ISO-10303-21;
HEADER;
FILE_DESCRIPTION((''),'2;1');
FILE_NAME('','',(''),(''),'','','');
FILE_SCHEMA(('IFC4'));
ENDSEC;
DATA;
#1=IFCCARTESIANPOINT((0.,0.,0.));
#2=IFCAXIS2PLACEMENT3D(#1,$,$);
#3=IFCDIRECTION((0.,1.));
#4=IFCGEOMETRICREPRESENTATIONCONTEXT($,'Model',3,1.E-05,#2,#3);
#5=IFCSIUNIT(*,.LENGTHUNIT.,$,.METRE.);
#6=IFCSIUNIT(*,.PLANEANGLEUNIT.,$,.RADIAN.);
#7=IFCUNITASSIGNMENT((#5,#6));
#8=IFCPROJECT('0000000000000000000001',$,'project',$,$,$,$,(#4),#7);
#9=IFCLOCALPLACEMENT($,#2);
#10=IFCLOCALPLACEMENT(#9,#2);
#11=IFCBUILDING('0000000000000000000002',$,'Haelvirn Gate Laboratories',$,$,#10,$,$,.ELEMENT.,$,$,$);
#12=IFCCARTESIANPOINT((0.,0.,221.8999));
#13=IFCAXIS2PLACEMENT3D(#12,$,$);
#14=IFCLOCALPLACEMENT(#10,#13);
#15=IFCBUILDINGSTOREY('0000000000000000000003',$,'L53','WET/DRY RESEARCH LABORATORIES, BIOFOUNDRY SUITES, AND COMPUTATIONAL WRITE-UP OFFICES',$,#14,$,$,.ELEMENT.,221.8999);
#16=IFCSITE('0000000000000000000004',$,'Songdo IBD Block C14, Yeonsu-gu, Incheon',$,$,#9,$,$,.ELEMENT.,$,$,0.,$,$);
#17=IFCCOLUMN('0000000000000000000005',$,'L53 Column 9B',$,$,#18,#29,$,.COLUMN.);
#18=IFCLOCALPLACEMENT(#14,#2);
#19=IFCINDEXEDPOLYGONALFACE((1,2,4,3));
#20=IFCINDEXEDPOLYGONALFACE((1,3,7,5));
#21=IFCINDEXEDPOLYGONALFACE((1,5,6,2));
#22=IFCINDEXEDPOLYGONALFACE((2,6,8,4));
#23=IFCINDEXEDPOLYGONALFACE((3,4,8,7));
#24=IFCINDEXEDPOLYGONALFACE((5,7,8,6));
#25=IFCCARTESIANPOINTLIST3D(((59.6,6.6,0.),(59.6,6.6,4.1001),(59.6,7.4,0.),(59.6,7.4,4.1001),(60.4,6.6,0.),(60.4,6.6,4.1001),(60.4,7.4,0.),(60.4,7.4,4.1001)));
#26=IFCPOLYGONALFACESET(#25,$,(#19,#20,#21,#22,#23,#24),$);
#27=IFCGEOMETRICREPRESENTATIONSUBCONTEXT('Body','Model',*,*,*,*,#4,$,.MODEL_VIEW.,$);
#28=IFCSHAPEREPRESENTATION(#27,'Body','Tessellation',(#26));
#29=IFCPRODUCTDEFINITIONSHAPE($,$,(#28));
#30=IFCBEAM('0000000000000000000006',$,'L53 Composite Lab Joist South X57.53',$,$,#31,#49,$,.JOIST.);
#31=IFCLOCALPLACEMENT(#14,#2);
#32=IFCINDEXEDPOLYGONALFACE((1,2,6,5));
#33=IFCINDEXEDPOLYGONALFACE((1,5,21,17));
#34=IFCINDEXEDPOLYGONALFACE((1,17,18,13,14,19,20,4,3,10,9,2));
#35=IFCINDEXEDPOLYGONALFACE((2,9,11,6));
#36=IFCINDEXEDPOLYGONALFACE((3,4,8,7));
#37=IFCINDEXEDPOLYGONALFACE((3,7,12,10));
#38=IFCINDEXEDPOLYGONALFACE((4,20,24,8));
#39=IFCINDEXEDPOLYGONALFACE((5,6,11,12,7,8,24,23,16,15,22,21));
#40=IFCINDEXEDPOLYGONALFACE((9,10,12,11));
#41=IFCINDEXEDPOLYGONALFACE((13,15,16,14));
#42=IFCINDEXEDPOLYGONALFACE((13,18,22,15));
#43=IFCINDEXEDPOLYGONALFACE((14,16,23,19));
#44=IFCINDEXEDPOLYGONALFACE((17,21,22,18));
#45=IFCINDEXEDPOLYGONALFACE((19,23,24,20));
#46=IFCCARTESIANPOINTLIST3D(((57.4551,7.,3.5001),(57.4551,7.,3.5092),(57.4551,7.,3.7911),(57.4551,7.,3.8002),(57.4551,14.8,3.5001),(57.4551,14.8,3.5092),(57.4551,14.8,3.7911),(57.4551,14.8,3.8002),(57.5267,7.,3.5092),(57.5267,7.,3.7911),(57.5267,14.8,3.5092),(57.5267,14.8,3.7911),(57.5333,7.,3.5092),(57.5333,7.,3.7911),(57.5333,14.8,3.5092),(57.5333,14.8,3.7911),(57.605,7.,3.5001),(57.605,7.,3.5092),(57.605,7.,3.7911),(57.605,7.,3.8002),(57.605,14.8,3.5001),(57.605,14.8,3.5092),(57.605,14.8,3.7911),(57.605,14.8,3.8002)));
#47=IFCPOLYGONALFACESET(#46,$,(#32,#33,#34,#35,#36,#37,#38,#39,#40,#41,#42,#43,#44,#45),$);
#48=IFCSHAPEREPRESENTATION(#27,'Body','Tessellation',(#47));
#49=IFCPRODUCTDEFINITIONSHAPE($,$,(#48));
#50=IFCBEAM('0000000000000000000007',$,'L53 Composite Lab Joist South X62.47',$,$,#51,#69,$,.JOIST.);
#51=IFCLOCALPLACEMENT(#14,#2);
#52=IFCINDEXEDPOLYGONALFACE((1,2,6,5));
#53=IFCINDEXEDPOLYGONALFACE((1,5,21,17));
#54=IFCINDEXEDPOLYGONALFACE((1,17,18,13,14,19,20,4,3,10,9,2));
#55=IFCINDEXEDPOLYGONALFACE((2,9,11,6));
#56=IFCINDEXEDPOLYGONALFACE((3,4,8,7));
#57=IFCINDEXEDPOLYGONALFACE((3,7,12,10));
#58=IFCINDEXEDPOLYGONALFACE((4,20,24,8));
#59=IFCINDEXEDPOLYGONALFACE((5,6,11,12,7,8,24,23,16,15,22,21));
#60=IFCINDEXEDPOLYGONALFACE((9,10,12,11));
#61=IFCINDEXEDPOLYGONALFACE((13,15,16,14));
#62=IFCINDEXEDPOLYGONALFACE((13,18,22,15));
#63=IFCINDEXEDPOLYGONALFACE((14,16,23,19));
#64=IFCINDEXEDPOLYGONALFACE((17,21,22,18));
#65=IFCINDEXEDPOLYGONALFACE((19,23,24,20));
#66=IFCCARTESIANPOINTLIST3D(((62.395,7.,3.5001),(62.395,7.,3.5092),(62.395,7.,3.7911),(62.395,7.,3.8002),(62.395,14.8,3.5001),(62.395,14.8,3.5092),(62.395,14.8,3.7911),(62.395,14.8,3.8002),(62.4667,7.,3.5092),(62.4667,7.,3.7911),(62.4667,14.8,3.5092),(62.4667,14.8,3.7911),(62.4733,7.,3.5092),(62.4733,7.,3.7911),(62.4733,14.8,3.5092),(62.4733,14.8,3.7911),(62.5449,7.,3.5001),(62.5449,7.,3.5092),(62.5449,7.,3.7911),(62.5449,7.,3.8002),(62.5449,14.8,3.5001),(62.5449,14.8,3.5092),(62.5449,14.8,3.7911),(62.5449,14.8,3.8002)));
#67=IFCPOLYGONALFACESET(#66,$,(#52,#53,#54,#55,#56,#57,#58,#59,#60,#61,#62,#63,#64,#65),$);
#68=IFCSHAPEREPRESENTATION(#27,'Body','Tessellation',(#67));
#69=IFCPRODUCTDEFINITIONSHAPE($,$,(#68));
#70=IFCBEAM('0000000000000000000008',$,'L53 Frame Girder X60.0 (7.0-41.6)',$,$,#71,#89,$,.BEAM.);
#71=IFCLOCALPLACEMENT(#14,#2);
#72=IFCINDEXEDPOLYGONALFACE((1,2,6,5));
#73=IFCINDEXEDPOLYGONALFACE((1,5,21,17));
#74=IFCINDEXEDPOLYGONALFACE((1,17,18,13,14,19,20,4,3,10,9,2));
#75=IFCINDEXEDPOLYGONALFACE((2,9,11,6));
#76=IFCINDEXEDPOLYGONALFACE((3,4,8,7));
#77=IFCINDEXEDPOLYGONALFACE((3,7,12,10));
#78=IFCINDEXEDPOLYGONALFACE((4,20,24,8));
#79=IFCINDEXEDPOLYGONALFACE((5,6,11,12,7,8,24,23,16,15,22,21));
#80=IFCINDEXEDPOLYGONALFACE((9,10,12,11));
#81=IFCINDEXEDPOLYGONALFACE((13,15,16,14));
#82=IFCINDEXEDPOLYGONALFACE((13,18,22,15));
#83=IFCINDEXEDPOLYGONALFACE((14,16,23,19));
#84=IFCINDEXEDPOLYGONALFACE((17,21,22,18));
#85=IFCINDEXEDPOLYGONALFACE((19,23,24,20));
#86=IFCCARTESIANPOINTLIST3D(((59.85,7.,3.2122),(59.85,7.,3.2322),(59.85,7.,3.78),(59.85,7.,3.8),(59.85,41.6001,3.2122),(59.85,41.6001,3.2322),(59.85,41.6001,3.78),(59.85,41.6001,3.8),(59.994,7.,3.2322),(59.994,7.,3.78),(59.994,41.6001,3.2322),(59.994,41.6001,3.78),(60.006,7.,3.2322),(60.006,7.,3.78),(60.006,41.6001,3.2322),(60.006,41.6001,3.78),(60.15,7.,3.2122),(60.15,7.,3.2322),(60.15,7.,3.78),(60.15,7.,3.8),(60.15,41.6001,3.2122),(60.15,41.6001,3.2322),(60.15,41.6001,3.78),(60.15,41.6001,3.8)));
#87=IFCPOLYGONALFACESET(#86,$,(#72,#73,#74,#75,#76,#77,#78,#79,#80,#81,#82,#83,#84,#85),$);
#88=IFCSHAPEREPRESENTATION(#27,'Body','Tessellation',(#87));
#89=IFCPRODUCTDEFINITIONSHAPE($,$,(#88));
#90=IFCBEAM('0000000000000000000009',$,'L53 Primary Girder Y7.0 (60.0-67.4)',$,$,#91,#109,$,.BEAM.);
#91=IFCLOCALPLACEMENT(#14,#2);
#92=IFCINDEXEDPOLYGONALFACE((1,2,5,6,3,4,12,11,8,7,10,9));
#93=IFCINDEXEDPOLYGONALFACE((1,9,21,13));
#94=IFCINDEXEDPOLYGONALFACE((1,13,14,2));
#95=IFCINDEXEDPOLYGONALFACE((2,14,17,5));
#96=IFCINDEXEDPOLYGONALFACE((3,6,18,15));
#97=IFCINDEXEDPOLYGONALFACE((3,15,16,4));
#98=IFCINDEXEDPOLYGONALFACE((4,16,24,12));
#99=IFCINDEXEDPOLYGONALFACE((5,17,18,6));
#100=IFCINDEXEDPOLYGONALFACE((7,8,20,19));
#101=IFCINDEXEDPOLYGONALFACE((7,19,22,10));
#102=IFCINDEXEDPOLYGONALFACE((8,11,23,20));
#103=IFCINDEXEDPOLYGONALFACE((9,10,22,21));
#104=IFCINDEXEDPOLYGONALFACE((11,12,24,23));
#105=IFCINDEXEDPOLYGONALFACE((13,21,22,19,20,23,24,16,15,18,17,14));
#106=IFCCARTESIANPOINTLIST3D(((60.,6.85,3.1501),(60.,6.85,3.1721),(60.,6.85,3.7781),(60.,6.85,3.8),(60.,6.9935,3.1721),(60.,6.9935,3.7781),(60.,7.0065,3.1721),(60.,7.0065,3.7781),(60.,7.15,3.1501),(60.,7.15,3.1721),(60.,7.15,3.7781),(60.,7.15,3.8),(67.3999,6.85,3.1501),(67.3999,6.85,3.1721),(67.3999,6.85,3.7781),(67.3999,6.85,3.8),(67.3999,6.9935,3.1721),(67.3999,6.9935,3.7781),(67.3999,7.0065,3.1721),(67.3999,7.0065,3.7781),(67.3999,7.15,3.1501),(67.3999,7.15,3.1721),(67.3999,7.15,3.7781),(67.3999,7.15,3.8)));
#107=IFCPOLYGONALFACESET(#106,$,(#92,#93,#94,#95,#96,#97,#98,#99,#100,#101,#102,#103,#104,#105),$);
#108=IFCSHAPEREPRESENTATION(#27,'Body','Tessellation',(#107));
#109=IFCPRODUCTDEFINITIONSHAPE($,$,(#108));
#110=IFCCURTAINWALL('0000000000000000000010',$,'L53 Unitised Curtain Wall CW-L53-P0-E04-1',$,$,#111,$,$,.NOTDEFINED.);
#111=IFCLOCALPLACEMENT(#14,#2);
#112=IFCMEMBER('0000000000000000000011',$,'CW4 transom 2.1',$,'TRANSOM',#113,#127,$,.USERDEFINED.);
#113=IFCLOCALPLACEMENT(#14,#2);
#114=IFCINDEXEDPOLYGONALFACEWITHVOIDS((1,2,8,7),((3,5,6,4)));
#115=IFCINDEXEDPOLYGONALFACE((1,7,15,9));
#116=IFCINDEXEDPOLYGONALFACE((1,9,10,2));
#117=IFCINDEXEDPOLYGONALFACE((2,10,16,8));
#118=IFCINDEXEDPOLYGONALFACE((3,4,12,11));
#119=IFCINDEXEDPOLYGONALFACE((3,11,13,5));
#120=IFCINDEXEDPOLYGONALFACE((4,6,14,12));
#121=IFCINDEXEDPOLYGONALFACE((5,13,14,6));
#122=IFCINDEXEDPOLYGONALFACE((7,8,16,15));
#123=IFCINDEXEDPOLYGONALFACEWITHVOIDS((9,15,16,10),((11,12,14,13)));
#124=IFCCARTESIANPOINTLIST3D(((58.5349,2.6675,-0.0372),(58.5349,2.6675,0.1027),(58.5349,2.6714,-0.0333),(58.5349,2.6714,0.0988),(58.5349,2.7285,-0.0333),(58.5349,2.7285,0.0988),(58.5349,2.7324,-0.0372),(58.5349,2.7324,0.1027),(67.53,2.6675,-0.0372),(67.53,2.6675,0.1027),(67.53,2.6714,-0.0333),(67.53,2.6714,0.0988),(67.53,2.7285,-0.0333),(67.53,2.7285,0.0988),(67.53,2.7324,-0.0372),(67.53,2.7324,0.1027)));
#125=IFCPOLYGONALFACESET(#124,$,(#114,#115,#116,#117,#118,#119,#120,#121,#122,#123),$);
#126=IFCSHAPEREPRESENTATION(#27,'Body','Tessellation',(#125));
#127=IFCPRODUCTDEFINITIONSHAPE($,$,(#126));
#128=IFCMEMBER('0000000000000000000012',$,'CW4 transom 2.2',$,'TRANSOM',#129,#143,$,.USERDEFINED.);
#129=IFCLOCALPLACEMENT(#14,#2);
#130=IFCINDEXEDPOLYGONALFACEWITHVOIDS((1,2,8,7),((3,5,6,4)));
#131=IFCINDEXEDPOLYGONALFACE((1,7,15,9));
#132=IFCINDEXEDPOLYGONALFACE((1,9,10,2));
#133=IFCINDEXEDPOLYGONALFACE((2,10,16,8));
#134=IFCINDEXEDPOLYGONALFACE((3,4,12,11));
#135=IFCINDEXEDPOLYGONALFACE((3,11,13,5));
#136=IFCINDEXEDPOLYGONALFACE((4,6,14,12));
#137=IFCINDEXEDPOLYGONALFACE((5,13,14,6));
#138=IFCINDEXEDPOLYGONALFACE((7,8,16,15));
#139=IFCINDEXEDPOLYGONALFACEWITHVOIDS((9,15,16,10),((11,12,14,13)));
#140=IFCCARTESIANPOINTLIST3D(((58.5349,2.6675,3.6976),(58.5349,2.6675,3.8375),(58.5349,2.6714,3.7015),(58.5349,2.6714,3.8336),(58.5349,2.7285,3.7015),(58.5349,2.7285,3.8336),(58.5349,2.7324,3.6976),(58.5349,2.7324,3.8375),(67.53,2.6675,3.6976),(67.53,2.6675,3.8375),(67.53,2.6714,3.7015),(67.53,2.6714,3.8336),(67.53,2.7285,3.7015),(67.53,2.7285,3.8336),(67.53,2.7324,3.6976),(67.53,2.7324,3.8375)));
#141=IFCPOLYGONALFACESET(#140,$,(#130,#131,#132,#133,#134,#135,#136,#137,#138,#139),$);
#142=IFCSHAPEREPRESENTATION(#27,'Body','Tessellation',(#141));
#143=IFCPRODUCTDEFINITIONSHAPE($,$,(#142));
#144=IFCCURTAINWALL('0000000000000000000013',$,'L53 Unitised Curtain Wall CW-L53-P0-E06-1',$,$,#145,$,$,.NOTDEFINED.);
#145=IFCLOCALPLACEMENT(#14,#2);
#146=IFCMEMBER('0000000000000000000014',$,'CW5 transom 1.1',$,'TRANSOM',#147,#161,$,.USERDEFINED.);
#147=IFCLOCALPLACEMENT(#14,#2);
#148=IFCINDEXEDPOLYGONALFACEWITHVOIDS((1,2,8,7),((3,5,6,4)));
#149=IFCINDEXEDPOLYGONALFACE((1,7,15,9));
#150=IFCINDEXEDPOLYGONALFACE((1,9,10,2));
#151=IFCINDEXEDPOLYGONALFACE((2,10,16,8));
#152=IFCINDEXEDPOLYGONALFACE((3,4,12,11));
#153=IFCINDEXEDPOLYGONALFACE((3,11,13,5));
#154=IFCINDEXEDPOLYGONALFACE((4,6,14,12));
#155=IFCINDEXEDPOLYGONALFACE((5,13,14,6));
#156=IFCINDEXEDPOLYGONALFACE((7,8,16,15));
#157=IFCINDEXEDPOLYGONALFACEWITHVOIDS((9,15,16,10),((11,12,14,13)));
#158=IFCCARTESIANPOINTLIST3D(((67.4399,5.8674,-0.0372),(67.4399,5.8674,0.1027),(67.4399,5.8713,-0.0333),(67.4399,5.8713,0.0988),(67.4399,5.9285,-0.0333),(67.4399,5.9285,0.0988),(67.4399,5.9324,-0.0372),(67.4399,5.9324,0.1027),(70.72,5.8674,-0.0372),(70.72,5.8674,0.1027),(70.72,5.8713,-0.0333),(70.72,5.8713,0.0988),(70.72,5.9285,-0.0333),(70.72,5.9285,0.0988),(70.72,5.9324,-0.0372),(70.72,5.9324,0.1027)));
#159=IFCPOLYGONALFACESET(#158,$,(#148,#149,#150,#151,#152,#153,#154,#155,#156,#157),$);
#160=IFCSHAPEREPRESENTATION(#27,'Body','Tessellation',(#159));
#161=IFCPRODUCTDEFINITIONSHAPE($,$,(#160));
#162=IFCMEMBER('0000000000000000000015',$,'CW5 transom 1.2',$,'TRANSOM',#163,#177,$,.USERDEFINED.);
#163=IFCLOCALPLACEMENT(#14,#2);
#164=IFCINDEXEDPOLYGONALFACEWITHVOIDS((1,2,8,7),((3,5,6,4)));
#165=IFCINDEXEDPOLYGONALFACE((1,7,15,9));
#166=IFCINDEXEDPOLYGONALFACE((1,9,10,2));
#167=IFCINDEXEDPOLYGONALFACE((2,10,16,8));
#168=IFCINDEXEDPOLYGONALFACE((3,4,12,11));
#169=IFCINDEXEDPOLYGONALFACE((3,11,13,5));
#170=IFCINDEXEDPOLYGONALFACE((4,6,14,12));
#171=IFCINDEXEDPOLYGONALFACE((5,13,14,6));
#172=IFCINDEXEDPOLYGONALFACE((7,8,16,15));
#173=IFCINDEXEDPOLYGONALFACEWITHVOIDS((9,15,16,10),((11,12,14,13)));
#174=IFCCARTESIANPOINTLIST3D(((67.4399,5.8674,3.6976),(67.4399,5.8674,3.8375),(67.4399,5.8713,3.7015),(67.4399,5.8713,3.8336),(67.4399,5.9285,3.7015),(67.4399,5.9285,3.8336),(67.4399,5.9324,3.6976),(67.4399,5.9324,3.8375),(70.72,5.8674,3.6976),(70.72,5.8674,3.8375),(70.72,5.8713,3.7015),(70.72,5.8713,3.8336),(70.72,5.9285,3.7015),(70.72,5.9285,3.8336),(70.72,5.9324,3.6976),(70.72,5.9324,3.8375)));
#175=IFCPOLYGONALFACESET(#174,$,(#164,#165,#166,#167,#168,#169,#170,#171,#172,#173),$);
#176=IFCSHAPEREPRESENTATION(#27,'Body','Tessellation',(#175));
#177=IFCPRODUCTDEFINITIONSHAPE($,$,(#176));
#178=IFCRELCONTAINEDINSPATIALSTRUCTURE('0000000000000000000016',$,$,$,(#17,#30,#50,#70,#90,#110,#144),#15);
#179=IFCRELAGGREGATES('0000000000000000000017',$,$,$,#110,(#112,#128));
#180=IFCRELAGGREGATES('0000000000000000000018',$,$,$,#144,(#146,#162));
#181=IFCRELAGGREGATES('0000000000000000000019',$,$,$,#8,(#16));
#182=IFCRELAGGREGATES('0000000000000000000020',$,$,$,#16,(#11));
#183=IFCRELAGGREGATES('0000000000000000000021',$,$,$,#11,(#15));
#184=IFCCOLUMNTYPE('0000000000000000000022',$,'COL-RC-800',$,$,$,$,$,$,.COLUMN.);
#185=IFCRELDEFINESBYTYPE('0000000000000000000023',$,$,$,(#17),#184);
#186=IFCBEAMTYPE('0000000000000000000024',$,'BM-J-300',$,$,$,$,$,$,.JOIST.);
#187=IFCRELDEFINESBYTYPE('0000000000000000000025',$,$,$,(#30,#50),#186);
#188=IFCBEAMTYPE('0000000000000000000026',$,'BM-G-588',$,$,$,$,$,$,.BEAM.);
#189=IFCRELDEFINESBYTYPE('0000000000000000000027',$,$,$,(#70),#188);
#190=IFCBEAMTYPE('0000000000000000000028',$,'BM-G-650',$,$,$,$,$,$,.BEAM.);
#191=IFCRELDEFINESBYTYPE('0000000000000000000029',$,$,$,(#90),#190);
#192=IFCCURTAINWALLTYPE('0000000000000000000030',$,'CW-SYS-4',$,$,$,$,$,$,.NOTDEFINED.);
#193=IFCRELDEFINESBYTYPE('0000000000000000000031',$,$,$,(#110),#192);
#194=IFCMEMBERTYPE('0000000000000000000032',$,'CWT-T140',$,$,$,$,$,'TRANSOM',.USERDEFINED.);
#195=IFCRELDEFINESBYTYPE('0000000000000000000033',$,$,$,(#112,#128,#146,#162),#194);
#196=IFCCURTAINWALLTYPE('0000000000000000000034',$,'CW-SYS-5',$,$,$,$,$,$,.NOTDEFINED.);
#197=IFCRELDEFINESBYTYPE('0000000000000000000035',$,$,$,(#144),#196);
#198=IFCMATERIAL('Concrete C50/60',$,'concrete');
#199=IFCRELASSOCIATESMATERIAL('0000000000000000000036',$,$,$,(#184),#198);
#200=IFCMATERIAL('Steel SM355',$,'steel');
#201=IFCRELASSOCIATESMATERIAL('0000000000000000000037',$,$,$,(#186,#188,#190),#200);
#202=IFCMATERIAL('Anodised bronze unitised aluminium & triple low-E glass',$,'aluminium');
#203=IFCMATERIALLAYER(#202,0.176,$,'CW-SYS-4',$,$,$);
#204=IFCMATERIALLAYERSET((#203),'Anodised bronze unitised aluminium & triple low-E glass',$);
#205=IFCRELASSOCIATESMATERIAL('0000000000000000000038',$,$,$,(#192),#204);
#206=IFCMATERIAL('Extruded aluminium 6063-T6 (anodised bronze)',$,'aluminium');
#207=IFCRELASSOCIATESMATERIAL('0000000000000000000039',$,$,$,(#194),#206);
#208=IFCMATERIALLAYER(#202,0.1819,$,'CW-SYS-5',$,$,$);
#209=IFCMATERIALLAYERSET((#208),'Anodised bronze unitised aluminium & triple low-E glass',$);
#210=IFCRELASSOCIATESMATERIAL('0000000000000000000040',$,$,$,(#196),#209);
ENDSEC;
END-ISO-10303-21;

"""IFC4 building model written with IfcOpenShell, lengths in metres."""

from ifc_helpers import new_model, si_unit, direction, frame, origin, origin_2d, place, context, subcontext, project, spatial, rectangle, hollow_rectangle, i_section, extrude, source, transform, mapped, material, layer, layer_set, material_profile, profile_set, type_object, type_shapes, element, aggregate, save


model = new_model("IFC4")

# Units and contexts
model_context = context("Model", 3, precision=1e-05, world=origin(), true_north=direction((0.0, 1.0)))
body_context = subcontext(model_context, "Body", "Model", "MODEL_VIEW")
ifc_project = project(units=[si_unit("LENGTHUNIT", "METRE"), si_unit("PLANEANGLEUNIT", "RADIAN")], contexts=[model_context])

# Site, building, storey
site_placement = place(None, origin())
site = spatial("IfcSite", under=ifc_project, at=site_placement, Name="Songdo IBD Block C14, Yeonsu-gu, Incheon", CompositionType="ELEMENT", RefElevation=0.0)
building_placement = place(site_placement, origin())
building = spatial("IfcBuilding", under=site, at=building_placement, Name="Haelvirn Gate Laboratories", CompositionType="ELEMENT")
storey_placement = place(building_placement, frame((0.0, 0.0, 221.8999)))
storey = spatial("IfcBuildingStorey", under=building, at=storey_placement, Name="L53", Description="WET/DRY RESEARCH LABORATORIES, BIOFOUNDRY SUITES, AND COMPUTATIONAL WRITE-UP OFFICES", CompositionType="ELEMENT", Elevation=221.8999)

# Column
ifc_material_1 = material(Name="Concrete C50/60", Category="concrete")
ifc_material_profile_1 = material_profile(ifc_material_1, rectangle(XDim=0.8, YDim=0.8, at=origin_2d()), Name="RC-800x800")
ifc_profile_set_1 = profile_set([ifc_material_profile_1], Name="Concrete C50/60")
column_type = type_object("IfcColumnType", Name="COL-RC-800", PredefinedType="COLUMN", material=ifc_profile_set_1)
shared_shape_1 = source(origin(), body_context, "Body", "SweptSolid", [
    extrude(rectangle(XDim=0.8, YDim=0.8, at=origin_2d()), origin(), (0.0, 0.0, 1.0), 4.1001),
])
type_shapes(column_type, [shared_shape_1])
column_placement = place(storey_placement, frame((60.0, 7.0, 0.0), z_axis=(0.0, 0.0, 1.0), x_axis=(1.0, 0.0, 0.0)))
element("IfcColumn", 1, at=column_placement, inside=storey, type_object=column_type, Name="L53 Column 9B", PredefinedType="COLUMN", context=body_context, shape_type="MappedRepresentation", body=[
    mapped(shared_shape_1, transform((0.0, 0.0, 0.0), scale=1.0)),
])

# Beams
ifc_material_2 = material(Name="Steel SM355", Category="steel")
ifc_material_profile_2 = material_profile(ifc_material_2, i_section(OverallWidth=0.1499, OverallDepth=0.3, WebThickness=0.0066, FlangeThickness=0.009, at=origin_2d()), Name="H-300x150x6.5x9")
ifc_profile_set_2 = profile_set([ifc_material_profile_2], Name="Steel SM355")
beam_type_1 = type_object("IfcBeamType", Name="BM-J-300", PredefinedType="JOIST", material=ifc_profile_set_2)
shared_shape_2 = source(origin(), body_context, "Body", "SweptSolid", [
    extrude(i_section(OverallWidth=0.1499, OverallDepth=0.3, WebThickness=0.0066, FlangeThickness=0.009, at=origin_2d()), origin(), (0.0, 0.0, 1.0), 7.8),
])
type_shapes(beam_type_1, [shared_shape_2])
for number, where, z_axis, x_axis, name in (
    (2, (57.53, 7.0, 3.6501), (0.0, 1.0, 0.0), (-1.0, 0.0, 0.0), "L53 Composite Lab Joist South X57.53"),
    (3, (62.47, 7.0, 3.6501), (0.0, 1.0, 0.0), (-1.0, 0.0, 0.0), "L53 Composite Lab Joist South X62.47"),
):
    element("IfcBeam", number, at=place(storey_placement, frame(where, z_axis=z_axis, x_axis=x_axis)), inside=storey, type_object=beam_type_1, Name=name, PredefinedType="JOIST", context=body_context, shape_type="MappedRepresentation", body=[
        mapped(shared_shape_2, transform((0.0, 0.0, 0.0), scale=1.0)),
    ])
ifc_material_profile_3 = material_profile(ifc_material_2, i_section(OverallWidth=0.3, OverallDepth=0.5879, WebThickness=0.012, FlangeThickness=0.02, at=origin_2d()), Name="H-588x300x12x20")
ifc_profile_set_3 = profile_set([ifc_material_profile_3], Name="Steel SM355")
beam_type_2 = type_object("IfcBeamType", Name="BM-G-588", PredefinedType="BEAM", material=ifc_profile_set_3)
shared_shape_3 = source(origin(), body_context, "Body", "SweptSolid", [
    extrude(i_section(OverallWidth=0.3, OverallDepth=0.5879, WebThickness=0.012, FlangeThickness=0.02, at=origin_2d()), origin(), (0.0, 0.0, 1.0), 34.6001),
])
type_shapes(beam_type_2, [shared_shape_3])
beam_1_placement = place(storey_placement, frame((60.0, 7.0, 3.5061), z_axis=(0.0, 1.0, 0.0), x_axis=(-1.0, 0.0, 0.0)))
element("IfcBeam", 4, at=beam_1_placement, inside=storey, type_object=beam_type_2, Name="L53 Frame Girder X60.0 (7.0-41.6)", PredefinedType="BEAM", context=body_context, shape_type="MappedRepresentation", body=[
    mapped(shared_shape_3, transform((0.0, 0.0, 0.0), scale=1.0)),
])
ifc_material_profile_4 = material_profile(ifc_material_2, i_section(OverallWidth=0.3, OverallDepth=0.6499, WebThickness=0.0129, FlangeThickness=0.022, at=origin_2d()), Name="H-650x300x13x22")
ifc_profile_set_4 = profile_set([ifc_material_profile_4], Name="Steel SM355")
beam_type_3 = type_object("IfcBeamType", Name="BM-G-650", PredefinedType="BEAM", material=ifc_profile_set_4)
shared_shape_4 = source(origin(), body_context, "Body", "SweptSolid", [
    extrude(i_section(OverallWidth=0.3, OverallDepth=0.6499, WebThickness=0.0129, FlangeThickness=0.022, at=origin_2d()), origin(), (0.0, 0.0, 1.0), 7.3999),
])
type_shapes(beam_type_3, [shared_shape_4])
beam_2_placement = place(storey_placement, frame((60.0, 7.0, 3.4751), z_axis=(1.0, 0.0, 0.0), x_axis=(0.0, 1.0, 0.0)))
element("IfcBeam", 5, at=beam_2_placement, inside=storey, type_object=beam_type_3, Name="L53 Primary Girder Y7.0 (60.0-67.4)", PredefinedType="BEAM", context=body_context, shape_type="MappedRepresentation", body=[
    mapped(shared_shape_4, transform((0.0, 0.0, 0.0), scale=1.0)),
])

# Curtain walls, members
ifc_material_3 = material(Name="Anodised bronze unitised aluminium & triple low-E glass", Category="aluminium")
ifc_layer_1 = layer(ifc_material_3, 0.176, Name="CW-SYS-4")
ifc_layer_set_1 = layer_set([ifc_layer_1], Name="Anodised bronze unitised aluminium & triple low-E glass")
curtain_wall_type_1 = type_object("IfcCurtainWallType", Name="CW-SYS-4", PredefinedType="NOTDEFINED", material=ifc_layer_set_1)
curtain_wall_1_placement = place(storey_placement, origin())
curtain_wall_1 = element("IfcCurtainWall", 6, at=curtain_wall_1_placement, inside=storey, type_object=curtain_wall_type_1, Name="L53 Unitised Curtain Wall CW-L53-P0-E04-1", PredefinedType="NOTDEFINED")
ifc_material_4 = material(Name="Extruded aluminium 6063-T6 (anodised bronze)", Category="aluminium")
ifc_material_profile_5 = material_profile(ifc_material_4, hollow_rectangle(XDim=0.0649, YDim=0.1399, WallThickness=0.0039, at=origin_2d()), Name="CWT-140x65x4")
ifc_profile_set_5 = profile_set([ifc_material_profile_5], Name="Extruded aluminium 6063-T6 (anodised bronze)")
member_type_1 = type_object("IfcMemberType", Name="CWT-T140", ElementType="TRANSOM", PredefinedType="USERDEFINED", material=ifc_profile_set_5)
shared_shape_5 = source(origin(), body_context, "Body", "SweptSolid", [
    extrude(hollow_rectangle(XDim=0.0649, YDim=0.1399, WallThickness=0.0039, at=origin_2d()), origin(), (0.0, 0.0, 1.0), 8.9951),
])
member_1_placement = place(storey_placement, frame((58.5349, 2.7, 0.0327), z_axis=(1.0, 0.0, 0.0), x_axis=(0.0, 1.0, 0.0)))
member_1 = element("IfcMember", 7, at=member_1_placement, type_object=member_type_1, Name="CW4 transom 2.1", ObjectType="TRANSOM", PredefinedType="USERDEFINED", context=body_context, shape_type="MappedRepresentation", body=[
    mapped(shared_shape_5, transform((0.0, 0.0, 0.0), scale=1.0)),
])
member_2_placement = place(storey_placement, frame((58.5349, 2.7, 3.7676), z_axis=(1.0, 0.0, 0.0), x_axis=(0.0, 1.0, 0.0)))
member_2 = element("IfcMember", 8, at=member_2_placement, type_object=member_type_1, Name="CW4 transom 2.2", ObjectType="TRANSOM", PredefinedType="USERDEFINED", context=body_context, shape_type="MappedRepresentation", body=[
    mapped(shared_shape_5, transform((0.0, 0.0, 0.0), scale=1.0)),
])
ifc_layer_2 = layer(ifc_material_3, 0.1819, Name="CW-SYS-5")
ifc_layer_set_2 = layer_set([ifc_layer_2], Name="Anodised bronze unitised aluminium & triple low-E glass")
curtain_wall_type_2 = type_object("IfcCurtainWallType", Name="CW-SYS-5", PredefinedType="NOTDEFINED", material=ifc_layer_set_2)
curtain_wall_2_placement = place(storey_placement, origin())
curtain_wall_2 = element("IfcCurtainWall", 9, at=curtain_wall_2_placement, inside=storey, type_object=curtain_wall_type_2, Name="L53 Unitised Curtain Wall CW-L53-P0-E06-1", PredefinedType="NOTDEFINED")
shared_shape_6 = source(origin(), body_context, "Body", "SweptSolid", [
    extrude(hollow_rectangle(XDim=0.0649, YDim=0.1399, WallThickness=0.0039, at=origin_2d()), origin(), (0.0, 0.0, 1.0), 3.28),
])
member_3_placement = place(storey_placement, frame((67.4399, 5.8999, 0.0327), z_axis=(1.0, 0.0, 0.0), x_axis=(0.0, 1.0, 0.0)))
member_3 = element("IfcMember", 10, at=member_3_placement, type_object=member_type_1, Name="CW5 transom 1.1", ObjectType="TRANSOM", PredefinedType="USERDEFINED", context=body_context, shape_type="MappedRepresentation", body=[
    mapped(shared_shape_6, transform((0.0, 0.0, 0.0), scale=1.0)),
])
member_4_placement = place(storey_placement, frame((67.4399, 5.8999, 3.7676), z_axis=(1.0, 0.0, 0.0), x_axis=(0.0, 1.0, 0.0)))
member_4 = element("IfcMember", 11, at=member_4_placement, type_object=member_type_1, Name="CW5 transom 1.2", ObjectType="TRANSOM", PredefinedType="USERDEFINED", context=body_context, shape_type="MappedRepresentation", body=[
    mapped(shared_shape_6, transform((0.0, 0.0, 0.0), scale=1.0)),
])

aggregate(curtain_wall_1, [member_1, member_2])
aggregate(curtain_wall_2, [member_3, member_4])

save(model, "model.ifc")
